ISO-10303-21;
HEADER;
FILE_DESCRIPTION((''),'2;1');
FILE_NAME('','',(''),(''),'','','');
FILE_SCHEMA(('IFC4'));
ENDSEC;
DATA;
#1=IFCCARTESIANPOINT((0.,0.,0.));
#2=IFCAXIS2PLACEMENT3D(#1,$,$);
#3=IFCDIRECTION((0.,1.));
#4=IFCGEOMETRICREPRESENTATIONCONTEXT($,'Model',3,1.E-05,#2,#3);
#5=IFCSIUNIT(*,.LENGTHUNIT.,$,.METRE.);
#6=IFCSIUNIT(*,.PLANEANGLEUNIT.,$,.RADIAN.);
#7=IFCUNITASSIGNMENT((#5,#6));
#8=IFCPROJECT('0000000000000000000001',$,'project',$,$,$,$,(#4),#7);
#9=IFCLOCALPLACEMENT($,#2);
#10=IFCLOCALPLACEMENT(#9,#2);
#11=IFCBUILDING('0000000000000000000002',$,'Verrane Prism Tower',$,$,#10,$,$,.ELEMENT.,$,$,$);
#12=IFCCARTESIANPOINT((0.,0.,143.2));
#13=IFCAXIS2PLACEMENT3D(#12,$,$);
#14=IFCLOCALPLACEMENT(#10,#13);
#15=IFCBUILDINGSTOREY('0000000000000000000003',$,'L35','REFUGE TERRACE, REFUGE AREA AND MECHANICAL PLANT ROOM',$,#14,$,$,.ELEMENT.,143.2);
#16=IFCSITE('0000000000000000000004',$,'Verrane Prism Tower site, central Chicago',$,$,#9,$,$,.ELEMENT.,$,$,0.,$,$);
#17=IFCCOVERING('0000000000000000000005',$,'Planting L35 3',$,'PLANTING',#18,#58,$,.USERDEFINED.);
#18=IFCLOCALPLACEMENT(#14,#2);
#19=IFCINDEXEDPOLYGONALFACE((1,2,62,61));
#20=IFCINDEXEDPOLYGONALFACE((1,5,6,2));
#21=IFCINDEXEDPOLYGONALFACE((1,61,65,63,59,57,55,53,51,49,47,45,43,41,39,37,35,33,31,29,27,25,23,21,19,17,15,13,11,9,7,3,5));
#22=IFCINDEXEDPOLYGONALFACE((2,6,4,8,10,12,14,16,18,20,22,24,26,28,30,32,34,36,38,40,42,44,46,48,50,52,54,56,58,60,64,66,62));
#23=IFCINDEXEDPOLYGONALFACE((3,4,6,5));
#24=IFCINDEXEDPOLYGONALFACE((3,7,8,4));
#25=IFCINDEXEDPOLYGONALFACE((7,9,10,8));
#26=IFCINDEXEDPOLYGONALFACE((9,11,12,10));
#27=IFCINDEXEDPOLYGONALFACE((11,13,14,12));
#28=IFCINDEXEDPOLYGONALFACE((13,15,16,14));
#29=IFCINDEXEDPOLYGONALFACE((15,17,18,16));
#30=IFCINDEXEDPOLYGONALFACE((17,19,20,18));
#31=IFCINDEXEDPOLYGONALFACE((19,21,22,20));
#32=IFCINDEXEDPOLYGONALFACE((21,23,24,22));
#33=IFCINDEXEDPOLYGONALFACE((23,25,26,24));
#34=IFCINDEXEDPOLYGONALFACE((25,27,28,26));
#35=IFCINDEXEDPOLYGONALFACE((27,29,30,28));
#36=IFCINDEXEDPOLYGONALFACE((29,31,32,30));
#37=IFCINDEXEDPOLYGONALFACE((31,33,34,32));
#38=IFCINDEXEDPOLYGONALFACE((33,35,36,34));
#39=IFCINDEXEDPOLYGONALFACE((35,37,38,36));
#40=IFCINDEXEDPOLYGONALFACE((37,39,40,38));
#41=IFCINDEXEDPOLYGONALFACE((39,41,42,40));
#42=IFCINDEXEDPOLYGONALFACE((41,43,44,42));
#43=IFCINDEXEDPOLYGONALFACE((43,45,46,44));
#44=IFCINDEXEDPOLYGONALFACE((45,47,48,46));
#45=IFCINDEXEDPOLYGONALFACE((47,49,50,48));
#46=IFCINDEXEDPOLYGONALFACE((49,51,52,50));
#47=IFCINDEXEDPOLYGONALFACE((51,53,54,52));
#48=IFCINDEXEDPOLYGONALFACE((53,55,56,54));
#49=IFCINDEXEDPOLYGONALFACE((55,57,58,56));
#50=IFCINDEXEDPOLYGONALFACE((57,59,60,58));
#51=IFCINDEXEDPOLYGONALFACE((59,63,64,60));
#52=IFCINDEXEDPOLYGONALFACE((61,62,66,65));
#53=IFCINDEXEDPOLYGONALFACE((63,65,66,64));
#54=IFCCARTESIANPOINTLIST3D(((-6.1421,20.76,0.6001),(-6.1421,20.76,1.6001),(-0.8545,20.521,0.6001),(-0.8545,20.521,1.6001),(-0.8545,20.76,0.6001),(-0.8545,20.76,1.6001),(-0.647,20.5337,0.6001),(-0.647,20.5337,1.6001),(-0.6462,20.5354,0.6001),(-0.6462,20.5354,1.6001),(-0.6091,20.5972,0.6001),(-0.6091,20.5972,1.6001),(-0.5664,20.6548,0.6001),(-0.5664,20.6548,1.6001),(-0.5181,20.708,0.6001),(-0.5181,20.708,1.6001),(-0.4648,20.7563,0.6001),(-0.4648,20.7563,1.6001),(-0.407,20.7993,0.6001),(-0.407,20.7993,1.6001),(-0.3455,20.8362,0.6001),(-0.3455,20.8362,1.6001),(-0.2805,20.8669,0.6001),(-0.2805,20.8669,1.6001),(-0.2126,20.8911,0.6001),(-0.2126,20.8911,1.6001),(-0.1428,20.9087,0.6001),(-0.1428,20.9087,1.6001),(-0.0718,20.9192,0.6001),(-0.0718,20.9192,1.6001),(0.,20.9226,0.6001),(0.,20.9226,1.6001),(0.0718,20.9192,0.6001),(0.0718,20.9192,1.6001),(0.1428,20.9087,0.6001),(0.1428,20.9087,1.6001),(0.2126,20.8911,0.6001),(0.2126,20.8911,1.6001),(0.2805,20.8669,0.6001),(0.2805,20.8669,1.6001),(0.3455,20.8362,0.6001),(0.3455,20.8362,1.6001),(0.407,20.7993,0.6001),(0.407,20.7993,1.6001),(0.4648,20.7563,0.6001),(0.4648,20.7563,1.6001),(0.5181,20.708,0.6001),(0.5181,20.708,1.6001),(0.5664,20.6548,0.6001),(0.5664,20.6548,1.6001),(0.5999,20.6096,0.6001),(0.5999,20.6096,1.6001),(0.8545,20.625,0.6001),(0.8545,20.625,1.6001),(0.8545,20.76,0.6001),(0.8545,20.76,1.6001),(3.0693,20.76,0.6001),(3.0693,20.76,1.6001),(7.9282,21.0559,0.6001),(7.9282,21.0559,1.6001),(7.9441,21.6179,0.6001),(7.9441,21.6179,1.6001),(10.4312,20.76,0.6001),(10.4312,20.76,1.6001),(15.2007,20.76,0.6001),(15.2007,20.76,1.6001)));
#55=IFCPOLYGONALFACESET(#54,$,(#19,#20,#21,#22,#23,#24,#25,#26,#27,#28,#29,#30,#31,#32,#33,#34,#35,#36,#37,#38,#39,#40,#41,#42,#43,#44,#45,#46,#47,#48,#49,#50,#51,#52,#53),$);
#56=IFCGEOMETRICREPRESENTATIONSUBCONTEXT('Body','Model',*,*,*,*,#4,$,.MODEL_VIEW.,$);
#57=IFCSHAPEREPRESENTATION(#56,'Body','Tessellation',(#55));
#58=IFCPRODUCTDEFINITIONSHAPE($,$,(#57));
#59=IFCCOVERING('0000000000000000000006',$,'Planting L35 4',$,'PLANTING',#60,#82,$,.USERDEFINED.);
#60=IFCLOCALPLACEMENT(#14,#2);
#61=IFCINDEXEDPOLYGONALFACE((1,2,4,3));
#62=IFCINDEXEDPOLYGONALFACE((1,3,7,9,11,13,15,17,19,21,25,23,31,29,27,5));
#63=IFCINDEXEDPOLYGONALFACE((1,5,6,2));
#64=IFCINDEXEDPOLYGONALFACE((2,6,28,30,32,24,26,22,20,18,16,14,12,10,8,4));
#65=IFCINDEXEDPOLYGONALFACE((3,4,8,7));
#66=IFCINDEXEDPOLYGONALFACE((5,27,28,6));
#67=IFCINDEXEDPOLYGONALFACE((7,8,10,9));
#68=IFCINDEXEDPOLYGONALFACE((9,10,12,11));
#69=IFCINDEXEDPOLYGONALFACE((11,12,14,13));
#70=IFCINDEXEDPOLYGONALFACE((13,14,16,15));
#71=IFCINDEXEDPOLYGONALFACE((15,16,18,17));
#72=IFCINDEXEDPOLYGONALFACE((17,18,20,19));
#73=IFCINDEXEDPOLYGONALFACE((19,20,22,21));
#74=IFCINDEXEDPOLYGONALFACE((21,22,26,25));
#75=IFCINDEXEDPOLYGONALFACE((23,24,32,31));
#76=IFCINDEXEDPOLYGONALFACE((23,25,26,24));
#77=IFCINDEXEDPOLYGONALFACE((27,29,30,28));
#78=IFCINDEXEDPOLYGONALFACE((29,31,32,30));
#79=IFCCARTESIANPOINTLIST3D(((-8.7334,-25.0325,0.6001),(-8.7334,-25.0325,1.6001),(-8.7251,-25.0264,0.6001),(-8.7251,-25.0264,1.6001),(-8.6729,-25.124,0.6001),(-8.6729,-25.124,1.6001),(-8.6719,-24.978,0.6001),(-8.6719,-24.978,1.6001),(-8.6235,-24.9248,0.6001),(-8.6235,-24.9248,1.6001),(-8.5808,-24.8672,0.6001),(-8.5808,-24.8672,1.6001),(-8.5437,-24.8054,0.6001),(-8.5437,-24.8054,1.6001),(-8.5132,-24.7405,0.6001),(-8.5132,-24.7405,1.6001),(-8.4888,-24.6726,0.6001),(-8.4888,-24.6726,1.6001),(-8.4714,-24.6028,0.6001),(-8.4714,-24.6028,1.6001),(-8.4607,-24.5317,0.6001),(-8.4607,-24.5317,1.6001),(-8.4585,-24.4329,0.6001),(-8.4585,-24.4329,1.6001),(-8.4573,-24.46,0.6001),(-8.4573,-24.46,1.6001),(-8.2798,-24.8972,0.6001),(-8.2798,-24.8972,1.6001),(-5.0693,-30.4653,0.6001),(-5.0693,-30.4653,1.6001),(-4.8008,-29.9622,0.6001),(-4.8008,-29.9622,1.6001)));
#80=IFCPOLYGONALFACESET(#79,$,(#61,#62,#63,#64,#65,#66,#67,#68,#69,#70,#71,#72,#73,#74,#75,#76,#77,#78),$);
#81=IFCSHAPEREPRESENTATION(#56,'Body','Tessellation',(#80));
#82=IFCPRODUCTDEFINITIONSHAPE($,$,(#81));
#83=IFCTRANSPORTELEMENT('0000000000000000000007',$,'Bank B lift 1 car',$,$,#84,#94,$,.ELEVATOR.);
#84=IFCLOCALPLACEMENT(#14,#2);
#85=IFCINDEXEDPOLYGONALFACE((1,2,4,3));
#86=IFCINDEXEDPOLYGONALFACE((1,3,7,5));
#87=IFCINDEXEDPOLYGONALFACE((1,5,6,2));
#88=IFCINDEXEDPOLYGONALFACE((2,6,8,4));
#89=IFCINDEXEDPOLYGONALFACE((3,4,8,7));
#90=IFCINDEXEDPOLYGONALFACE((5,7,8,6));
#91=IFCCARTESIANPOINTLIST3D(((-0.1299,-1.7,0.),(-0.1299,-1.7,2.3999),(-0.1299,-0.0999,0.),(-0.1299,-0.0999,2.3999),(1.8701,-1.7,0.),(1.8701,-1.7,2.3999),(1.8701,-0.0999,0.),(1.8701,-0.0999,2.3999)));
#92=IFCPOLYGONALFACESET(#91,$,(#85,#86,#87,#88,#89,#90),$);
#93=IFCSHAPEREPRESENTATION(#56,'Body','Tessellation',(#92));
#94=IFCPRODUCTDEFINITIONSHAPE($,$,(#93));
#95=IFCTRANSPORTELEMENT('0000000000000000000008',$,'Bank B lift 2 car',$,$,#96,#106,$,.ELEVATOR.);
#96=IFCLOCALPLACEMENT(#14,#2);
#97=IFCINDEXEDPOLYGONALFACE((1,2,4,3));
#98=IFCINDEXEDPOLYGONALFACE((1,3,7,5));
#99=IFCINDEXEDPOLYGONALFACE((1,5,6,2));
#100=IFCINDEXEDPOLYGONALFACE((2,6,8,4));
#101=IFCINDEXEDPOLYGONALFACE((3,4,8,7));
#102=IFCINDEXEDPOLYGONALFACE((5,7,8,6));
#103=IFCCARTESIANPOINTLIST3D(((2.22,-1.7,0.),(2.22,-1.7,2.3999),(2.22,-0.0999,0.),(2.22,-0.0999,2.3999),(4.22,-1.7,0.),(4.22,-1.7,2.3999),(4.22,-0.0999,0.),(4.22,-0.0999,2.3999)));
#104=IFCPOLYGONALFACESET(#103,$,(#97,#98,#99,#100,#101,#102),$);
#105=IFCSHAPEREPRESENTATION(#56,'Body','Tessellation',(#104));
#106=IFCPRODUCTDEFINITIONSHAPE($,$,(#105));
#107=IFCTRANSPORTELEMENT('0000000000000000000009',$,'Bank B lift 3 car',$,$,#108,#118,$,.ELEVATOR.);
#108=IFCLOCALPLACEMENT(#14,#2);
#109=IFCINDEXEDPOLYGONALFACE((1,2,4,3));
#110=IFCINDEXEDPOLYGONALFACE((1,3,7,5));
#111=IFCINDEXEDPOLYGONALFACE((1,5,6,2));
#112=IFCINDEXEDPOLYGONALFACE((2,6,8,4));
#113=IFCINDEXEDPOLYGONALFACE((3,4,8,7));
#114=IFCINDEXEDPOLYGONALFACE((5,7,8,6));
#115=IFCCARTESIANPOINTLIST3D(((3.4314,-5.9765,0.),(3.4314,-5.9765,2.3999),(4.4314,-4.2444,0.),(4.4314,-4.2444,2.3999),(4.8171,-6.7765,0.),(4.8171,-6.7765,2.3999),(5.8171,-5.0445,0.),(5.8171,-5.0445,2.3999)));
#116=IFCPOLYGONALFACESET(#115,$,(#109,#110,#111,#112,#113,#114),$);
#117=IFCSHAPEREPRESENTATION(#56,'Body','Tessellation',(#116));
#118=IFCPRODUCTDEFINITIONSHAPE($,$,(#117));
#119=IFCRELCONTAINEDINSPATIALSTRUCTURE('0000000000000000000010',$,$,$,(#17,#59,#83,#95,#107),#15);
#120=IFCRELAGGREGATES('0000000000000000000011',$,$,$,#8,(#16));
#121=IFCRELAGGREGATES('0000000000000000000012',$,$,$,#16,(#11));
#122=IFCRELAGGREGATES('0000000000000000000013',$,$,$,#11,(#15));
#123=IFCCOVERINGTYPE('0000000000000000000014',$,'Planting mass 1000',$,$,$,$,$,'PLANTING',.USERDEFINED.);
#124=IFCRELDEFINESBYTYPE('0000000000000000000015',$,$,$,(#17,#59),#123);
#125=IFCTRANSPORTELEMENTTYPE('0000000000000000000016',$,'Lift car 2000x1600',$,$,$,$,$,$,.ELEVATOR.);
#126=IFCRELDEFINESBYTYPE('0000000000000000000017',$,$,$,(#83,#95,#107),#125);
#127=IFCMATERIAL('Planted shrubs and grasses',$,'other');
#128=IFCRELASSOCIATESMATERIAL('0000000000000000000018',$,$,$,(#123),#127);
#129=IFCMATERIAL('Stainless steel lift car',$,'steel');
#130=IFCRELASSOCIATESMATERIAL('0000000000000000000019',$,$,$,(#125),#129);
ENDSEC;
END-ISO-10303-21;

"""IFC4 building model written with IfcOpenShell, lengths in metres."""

from ifc_helpers import new_model, si_unit, direction, frame, origin, origin_2d, place, context, subcontext, project, spatial, polyline, rectangle, outline, extrude, material, type_object, element, save


model = new_model("IFC4")

# Units and contexts
model_context = context("Model", 3, precision=1e-05, world=origin(), true_north=direction((0.0, 1.0)))
body_context = subcontext(model_context, "Body", "Model", "MODEL_VIEW")
ifc_project = project(units=[si_unit("LENGTHUNIT", "METRE"), si_unit("PLANEANGLEUNIT", "RADIAN")], contexts=[model_context])

# Site, building, storey
site_placement = place(None, origin())
site = spatial("IfcSite", under=ifc_project, at=site_placement, Name="Verrane Prism Tower site, central Chicago", CompositionType="ELEMENT", RefElevation=0.0)
building_placement = place(site_placement, origin())
building = spatial("IfcBuilding", under=site, at=building_placement, Name="Verrane Prism Tower", CompositionType="ELEMENT")
storey_placement = place(building_placement, frame((0.0, 0.0, 143.2)))
storey = spatial("IfcBuildingStorey", under=building, at=storey_placement, Name="L35", Description="REFUGE TERRACE, REFUGE AREA AND MECHANICAL PLANT ROOM", CompositionType="ELEMENT", Elevation=143.2)

# Coverings
ifc_material_1 = material(Name="Planted shrubs and grasses", Category="other")
covering_type_1 = type_object("IfcCoveringType", Name="Planting mass 1000", ElementType="PLANTING", PredefinedType="USERDEFINED", material=ifc_material_1)
covering_1_placement = place(storey_placement, frame((0.0, 0.0, 0.6001)))
element("IfcCovering", 1, at=covering_1_placement, inside=storey, type_object=covering_type_1, Name="Planting L35 3", ObjectType="PLANTING", PredefinedType="USERDEFINED", context=body_context, shape_type="SweptSolid", body=[
    extrude(outline(polyline([(-0.8545, 20.76), (-0.8545, 20.521), (-0.647, 20.5337), (-0.6462, 20.5354), (-0.6091, 20.5972), (-0.5664, 20.6548), (-0.5181, 20.708), (-0.4648, 20.7563), (-0.407, 20.7993), (-0.3455, 20.8362), (-0.2805, 20.8669), (-0.2126, 20.8911), (-0.1428, 20.9087), (-0.0718, 20.9192), (0.0, 20.9226), (0.0718, 20.9192), (0.1428, 20.9087), (0.2126, 20.8911), (0.2805, 20.8669), (0.3455, 20.8362), (0.407, 20.7993), (0.4648, 20.7563), (0.5181, 20.708), (0.5664, 20.6548), (0.5999, 20.6096), (0.8545, 20.625), (0.8545, 20.76), (3.0693, 20.76), (7.9282, 21.0559), (10.4312, 20.76), (15.2007, 20.76), (7.9441, 21.6179), (-6.1421, 20.76), (-0.8545, 20.76)])), origin(), (0.0, 0.0, 1.0), 1.0),
])
covering_2_placement = place(storey_placement, frame((0.0, 0.0, 0.6001)))
element("IfcCovering", 2, at=covering_2_placement, inside=storey, type_object=covering_type_1, Name="Planting L35 4", ObjectType="PLANTING", PredefinedType="USERDEFINED", context=body_context, shape_type="SweptSolid", body=[
    extrude(outline(polyline([(-8.4573, -24.46), (-8.4607, -24.5317), (-8.4714, -24.6028), (-8.4888, -24.6726), (-8.5132, -24.7405), (-8.5437, -24.8054), (-8.5808, -24.8672), (-8.6235, -24.9248), (-8.6719, -24.978), (-8.7251, -25.0264), (-8.7334, -25.0325), (-8.6729, -25.124), (-8.2798, -24.8972), (-5.0693, -30.4653), (-4.8008, -29.9622), (-8.4585, -24.4329), (-8.4573, -24.46)])), origin(), (0.0, 0.0, 1.0), 1.0),
])

# Transport elements
ifc_material_2 = material(Name="Stainless steel lift car", Category="steel")
transport_element_type = type_object("IfcTransportElementType", Name="Lift car 2000x1600", PredefinedType="ELEVATOR", material=ifc_material_2)
for number, where, z_axis, x_axis, name in (
    (3, (0.8701, -0.8999, 0.0), (0.0, 0.0, 1.0), (-1.0, 0.0, 0.0), "Bank B lift 1 car"),
    (4, (3.22, -0.8999, 0.0), (0.0, 0.0, 1.0), (-1.0, 0.0, 0.0), "Bank B lift 2 car"),
    (5, (4.6243, -5.5105, 0.0), (0.0, 0.0, 1.0), (0.5, 0.866025, 0.0), "Bank B lift 3 car"),
):
    element("IfcTransportElement", number, at=place(storey_placement, frame(where, z_axis=z_axis, x_axis=x_axis)), inside=storey, type_object=transport_element_type, Name=name, PredefinedType="ELEVATOR", context=body_context, shape_type="SweptSolid", body=[
        extrude(rectangle(XDim=2.0, YDim=1.6001, at=origin_2d()), origin(), (0.0, 0.0, 1.0), 2.3999),
    ])

save(model, "model.ifc")
